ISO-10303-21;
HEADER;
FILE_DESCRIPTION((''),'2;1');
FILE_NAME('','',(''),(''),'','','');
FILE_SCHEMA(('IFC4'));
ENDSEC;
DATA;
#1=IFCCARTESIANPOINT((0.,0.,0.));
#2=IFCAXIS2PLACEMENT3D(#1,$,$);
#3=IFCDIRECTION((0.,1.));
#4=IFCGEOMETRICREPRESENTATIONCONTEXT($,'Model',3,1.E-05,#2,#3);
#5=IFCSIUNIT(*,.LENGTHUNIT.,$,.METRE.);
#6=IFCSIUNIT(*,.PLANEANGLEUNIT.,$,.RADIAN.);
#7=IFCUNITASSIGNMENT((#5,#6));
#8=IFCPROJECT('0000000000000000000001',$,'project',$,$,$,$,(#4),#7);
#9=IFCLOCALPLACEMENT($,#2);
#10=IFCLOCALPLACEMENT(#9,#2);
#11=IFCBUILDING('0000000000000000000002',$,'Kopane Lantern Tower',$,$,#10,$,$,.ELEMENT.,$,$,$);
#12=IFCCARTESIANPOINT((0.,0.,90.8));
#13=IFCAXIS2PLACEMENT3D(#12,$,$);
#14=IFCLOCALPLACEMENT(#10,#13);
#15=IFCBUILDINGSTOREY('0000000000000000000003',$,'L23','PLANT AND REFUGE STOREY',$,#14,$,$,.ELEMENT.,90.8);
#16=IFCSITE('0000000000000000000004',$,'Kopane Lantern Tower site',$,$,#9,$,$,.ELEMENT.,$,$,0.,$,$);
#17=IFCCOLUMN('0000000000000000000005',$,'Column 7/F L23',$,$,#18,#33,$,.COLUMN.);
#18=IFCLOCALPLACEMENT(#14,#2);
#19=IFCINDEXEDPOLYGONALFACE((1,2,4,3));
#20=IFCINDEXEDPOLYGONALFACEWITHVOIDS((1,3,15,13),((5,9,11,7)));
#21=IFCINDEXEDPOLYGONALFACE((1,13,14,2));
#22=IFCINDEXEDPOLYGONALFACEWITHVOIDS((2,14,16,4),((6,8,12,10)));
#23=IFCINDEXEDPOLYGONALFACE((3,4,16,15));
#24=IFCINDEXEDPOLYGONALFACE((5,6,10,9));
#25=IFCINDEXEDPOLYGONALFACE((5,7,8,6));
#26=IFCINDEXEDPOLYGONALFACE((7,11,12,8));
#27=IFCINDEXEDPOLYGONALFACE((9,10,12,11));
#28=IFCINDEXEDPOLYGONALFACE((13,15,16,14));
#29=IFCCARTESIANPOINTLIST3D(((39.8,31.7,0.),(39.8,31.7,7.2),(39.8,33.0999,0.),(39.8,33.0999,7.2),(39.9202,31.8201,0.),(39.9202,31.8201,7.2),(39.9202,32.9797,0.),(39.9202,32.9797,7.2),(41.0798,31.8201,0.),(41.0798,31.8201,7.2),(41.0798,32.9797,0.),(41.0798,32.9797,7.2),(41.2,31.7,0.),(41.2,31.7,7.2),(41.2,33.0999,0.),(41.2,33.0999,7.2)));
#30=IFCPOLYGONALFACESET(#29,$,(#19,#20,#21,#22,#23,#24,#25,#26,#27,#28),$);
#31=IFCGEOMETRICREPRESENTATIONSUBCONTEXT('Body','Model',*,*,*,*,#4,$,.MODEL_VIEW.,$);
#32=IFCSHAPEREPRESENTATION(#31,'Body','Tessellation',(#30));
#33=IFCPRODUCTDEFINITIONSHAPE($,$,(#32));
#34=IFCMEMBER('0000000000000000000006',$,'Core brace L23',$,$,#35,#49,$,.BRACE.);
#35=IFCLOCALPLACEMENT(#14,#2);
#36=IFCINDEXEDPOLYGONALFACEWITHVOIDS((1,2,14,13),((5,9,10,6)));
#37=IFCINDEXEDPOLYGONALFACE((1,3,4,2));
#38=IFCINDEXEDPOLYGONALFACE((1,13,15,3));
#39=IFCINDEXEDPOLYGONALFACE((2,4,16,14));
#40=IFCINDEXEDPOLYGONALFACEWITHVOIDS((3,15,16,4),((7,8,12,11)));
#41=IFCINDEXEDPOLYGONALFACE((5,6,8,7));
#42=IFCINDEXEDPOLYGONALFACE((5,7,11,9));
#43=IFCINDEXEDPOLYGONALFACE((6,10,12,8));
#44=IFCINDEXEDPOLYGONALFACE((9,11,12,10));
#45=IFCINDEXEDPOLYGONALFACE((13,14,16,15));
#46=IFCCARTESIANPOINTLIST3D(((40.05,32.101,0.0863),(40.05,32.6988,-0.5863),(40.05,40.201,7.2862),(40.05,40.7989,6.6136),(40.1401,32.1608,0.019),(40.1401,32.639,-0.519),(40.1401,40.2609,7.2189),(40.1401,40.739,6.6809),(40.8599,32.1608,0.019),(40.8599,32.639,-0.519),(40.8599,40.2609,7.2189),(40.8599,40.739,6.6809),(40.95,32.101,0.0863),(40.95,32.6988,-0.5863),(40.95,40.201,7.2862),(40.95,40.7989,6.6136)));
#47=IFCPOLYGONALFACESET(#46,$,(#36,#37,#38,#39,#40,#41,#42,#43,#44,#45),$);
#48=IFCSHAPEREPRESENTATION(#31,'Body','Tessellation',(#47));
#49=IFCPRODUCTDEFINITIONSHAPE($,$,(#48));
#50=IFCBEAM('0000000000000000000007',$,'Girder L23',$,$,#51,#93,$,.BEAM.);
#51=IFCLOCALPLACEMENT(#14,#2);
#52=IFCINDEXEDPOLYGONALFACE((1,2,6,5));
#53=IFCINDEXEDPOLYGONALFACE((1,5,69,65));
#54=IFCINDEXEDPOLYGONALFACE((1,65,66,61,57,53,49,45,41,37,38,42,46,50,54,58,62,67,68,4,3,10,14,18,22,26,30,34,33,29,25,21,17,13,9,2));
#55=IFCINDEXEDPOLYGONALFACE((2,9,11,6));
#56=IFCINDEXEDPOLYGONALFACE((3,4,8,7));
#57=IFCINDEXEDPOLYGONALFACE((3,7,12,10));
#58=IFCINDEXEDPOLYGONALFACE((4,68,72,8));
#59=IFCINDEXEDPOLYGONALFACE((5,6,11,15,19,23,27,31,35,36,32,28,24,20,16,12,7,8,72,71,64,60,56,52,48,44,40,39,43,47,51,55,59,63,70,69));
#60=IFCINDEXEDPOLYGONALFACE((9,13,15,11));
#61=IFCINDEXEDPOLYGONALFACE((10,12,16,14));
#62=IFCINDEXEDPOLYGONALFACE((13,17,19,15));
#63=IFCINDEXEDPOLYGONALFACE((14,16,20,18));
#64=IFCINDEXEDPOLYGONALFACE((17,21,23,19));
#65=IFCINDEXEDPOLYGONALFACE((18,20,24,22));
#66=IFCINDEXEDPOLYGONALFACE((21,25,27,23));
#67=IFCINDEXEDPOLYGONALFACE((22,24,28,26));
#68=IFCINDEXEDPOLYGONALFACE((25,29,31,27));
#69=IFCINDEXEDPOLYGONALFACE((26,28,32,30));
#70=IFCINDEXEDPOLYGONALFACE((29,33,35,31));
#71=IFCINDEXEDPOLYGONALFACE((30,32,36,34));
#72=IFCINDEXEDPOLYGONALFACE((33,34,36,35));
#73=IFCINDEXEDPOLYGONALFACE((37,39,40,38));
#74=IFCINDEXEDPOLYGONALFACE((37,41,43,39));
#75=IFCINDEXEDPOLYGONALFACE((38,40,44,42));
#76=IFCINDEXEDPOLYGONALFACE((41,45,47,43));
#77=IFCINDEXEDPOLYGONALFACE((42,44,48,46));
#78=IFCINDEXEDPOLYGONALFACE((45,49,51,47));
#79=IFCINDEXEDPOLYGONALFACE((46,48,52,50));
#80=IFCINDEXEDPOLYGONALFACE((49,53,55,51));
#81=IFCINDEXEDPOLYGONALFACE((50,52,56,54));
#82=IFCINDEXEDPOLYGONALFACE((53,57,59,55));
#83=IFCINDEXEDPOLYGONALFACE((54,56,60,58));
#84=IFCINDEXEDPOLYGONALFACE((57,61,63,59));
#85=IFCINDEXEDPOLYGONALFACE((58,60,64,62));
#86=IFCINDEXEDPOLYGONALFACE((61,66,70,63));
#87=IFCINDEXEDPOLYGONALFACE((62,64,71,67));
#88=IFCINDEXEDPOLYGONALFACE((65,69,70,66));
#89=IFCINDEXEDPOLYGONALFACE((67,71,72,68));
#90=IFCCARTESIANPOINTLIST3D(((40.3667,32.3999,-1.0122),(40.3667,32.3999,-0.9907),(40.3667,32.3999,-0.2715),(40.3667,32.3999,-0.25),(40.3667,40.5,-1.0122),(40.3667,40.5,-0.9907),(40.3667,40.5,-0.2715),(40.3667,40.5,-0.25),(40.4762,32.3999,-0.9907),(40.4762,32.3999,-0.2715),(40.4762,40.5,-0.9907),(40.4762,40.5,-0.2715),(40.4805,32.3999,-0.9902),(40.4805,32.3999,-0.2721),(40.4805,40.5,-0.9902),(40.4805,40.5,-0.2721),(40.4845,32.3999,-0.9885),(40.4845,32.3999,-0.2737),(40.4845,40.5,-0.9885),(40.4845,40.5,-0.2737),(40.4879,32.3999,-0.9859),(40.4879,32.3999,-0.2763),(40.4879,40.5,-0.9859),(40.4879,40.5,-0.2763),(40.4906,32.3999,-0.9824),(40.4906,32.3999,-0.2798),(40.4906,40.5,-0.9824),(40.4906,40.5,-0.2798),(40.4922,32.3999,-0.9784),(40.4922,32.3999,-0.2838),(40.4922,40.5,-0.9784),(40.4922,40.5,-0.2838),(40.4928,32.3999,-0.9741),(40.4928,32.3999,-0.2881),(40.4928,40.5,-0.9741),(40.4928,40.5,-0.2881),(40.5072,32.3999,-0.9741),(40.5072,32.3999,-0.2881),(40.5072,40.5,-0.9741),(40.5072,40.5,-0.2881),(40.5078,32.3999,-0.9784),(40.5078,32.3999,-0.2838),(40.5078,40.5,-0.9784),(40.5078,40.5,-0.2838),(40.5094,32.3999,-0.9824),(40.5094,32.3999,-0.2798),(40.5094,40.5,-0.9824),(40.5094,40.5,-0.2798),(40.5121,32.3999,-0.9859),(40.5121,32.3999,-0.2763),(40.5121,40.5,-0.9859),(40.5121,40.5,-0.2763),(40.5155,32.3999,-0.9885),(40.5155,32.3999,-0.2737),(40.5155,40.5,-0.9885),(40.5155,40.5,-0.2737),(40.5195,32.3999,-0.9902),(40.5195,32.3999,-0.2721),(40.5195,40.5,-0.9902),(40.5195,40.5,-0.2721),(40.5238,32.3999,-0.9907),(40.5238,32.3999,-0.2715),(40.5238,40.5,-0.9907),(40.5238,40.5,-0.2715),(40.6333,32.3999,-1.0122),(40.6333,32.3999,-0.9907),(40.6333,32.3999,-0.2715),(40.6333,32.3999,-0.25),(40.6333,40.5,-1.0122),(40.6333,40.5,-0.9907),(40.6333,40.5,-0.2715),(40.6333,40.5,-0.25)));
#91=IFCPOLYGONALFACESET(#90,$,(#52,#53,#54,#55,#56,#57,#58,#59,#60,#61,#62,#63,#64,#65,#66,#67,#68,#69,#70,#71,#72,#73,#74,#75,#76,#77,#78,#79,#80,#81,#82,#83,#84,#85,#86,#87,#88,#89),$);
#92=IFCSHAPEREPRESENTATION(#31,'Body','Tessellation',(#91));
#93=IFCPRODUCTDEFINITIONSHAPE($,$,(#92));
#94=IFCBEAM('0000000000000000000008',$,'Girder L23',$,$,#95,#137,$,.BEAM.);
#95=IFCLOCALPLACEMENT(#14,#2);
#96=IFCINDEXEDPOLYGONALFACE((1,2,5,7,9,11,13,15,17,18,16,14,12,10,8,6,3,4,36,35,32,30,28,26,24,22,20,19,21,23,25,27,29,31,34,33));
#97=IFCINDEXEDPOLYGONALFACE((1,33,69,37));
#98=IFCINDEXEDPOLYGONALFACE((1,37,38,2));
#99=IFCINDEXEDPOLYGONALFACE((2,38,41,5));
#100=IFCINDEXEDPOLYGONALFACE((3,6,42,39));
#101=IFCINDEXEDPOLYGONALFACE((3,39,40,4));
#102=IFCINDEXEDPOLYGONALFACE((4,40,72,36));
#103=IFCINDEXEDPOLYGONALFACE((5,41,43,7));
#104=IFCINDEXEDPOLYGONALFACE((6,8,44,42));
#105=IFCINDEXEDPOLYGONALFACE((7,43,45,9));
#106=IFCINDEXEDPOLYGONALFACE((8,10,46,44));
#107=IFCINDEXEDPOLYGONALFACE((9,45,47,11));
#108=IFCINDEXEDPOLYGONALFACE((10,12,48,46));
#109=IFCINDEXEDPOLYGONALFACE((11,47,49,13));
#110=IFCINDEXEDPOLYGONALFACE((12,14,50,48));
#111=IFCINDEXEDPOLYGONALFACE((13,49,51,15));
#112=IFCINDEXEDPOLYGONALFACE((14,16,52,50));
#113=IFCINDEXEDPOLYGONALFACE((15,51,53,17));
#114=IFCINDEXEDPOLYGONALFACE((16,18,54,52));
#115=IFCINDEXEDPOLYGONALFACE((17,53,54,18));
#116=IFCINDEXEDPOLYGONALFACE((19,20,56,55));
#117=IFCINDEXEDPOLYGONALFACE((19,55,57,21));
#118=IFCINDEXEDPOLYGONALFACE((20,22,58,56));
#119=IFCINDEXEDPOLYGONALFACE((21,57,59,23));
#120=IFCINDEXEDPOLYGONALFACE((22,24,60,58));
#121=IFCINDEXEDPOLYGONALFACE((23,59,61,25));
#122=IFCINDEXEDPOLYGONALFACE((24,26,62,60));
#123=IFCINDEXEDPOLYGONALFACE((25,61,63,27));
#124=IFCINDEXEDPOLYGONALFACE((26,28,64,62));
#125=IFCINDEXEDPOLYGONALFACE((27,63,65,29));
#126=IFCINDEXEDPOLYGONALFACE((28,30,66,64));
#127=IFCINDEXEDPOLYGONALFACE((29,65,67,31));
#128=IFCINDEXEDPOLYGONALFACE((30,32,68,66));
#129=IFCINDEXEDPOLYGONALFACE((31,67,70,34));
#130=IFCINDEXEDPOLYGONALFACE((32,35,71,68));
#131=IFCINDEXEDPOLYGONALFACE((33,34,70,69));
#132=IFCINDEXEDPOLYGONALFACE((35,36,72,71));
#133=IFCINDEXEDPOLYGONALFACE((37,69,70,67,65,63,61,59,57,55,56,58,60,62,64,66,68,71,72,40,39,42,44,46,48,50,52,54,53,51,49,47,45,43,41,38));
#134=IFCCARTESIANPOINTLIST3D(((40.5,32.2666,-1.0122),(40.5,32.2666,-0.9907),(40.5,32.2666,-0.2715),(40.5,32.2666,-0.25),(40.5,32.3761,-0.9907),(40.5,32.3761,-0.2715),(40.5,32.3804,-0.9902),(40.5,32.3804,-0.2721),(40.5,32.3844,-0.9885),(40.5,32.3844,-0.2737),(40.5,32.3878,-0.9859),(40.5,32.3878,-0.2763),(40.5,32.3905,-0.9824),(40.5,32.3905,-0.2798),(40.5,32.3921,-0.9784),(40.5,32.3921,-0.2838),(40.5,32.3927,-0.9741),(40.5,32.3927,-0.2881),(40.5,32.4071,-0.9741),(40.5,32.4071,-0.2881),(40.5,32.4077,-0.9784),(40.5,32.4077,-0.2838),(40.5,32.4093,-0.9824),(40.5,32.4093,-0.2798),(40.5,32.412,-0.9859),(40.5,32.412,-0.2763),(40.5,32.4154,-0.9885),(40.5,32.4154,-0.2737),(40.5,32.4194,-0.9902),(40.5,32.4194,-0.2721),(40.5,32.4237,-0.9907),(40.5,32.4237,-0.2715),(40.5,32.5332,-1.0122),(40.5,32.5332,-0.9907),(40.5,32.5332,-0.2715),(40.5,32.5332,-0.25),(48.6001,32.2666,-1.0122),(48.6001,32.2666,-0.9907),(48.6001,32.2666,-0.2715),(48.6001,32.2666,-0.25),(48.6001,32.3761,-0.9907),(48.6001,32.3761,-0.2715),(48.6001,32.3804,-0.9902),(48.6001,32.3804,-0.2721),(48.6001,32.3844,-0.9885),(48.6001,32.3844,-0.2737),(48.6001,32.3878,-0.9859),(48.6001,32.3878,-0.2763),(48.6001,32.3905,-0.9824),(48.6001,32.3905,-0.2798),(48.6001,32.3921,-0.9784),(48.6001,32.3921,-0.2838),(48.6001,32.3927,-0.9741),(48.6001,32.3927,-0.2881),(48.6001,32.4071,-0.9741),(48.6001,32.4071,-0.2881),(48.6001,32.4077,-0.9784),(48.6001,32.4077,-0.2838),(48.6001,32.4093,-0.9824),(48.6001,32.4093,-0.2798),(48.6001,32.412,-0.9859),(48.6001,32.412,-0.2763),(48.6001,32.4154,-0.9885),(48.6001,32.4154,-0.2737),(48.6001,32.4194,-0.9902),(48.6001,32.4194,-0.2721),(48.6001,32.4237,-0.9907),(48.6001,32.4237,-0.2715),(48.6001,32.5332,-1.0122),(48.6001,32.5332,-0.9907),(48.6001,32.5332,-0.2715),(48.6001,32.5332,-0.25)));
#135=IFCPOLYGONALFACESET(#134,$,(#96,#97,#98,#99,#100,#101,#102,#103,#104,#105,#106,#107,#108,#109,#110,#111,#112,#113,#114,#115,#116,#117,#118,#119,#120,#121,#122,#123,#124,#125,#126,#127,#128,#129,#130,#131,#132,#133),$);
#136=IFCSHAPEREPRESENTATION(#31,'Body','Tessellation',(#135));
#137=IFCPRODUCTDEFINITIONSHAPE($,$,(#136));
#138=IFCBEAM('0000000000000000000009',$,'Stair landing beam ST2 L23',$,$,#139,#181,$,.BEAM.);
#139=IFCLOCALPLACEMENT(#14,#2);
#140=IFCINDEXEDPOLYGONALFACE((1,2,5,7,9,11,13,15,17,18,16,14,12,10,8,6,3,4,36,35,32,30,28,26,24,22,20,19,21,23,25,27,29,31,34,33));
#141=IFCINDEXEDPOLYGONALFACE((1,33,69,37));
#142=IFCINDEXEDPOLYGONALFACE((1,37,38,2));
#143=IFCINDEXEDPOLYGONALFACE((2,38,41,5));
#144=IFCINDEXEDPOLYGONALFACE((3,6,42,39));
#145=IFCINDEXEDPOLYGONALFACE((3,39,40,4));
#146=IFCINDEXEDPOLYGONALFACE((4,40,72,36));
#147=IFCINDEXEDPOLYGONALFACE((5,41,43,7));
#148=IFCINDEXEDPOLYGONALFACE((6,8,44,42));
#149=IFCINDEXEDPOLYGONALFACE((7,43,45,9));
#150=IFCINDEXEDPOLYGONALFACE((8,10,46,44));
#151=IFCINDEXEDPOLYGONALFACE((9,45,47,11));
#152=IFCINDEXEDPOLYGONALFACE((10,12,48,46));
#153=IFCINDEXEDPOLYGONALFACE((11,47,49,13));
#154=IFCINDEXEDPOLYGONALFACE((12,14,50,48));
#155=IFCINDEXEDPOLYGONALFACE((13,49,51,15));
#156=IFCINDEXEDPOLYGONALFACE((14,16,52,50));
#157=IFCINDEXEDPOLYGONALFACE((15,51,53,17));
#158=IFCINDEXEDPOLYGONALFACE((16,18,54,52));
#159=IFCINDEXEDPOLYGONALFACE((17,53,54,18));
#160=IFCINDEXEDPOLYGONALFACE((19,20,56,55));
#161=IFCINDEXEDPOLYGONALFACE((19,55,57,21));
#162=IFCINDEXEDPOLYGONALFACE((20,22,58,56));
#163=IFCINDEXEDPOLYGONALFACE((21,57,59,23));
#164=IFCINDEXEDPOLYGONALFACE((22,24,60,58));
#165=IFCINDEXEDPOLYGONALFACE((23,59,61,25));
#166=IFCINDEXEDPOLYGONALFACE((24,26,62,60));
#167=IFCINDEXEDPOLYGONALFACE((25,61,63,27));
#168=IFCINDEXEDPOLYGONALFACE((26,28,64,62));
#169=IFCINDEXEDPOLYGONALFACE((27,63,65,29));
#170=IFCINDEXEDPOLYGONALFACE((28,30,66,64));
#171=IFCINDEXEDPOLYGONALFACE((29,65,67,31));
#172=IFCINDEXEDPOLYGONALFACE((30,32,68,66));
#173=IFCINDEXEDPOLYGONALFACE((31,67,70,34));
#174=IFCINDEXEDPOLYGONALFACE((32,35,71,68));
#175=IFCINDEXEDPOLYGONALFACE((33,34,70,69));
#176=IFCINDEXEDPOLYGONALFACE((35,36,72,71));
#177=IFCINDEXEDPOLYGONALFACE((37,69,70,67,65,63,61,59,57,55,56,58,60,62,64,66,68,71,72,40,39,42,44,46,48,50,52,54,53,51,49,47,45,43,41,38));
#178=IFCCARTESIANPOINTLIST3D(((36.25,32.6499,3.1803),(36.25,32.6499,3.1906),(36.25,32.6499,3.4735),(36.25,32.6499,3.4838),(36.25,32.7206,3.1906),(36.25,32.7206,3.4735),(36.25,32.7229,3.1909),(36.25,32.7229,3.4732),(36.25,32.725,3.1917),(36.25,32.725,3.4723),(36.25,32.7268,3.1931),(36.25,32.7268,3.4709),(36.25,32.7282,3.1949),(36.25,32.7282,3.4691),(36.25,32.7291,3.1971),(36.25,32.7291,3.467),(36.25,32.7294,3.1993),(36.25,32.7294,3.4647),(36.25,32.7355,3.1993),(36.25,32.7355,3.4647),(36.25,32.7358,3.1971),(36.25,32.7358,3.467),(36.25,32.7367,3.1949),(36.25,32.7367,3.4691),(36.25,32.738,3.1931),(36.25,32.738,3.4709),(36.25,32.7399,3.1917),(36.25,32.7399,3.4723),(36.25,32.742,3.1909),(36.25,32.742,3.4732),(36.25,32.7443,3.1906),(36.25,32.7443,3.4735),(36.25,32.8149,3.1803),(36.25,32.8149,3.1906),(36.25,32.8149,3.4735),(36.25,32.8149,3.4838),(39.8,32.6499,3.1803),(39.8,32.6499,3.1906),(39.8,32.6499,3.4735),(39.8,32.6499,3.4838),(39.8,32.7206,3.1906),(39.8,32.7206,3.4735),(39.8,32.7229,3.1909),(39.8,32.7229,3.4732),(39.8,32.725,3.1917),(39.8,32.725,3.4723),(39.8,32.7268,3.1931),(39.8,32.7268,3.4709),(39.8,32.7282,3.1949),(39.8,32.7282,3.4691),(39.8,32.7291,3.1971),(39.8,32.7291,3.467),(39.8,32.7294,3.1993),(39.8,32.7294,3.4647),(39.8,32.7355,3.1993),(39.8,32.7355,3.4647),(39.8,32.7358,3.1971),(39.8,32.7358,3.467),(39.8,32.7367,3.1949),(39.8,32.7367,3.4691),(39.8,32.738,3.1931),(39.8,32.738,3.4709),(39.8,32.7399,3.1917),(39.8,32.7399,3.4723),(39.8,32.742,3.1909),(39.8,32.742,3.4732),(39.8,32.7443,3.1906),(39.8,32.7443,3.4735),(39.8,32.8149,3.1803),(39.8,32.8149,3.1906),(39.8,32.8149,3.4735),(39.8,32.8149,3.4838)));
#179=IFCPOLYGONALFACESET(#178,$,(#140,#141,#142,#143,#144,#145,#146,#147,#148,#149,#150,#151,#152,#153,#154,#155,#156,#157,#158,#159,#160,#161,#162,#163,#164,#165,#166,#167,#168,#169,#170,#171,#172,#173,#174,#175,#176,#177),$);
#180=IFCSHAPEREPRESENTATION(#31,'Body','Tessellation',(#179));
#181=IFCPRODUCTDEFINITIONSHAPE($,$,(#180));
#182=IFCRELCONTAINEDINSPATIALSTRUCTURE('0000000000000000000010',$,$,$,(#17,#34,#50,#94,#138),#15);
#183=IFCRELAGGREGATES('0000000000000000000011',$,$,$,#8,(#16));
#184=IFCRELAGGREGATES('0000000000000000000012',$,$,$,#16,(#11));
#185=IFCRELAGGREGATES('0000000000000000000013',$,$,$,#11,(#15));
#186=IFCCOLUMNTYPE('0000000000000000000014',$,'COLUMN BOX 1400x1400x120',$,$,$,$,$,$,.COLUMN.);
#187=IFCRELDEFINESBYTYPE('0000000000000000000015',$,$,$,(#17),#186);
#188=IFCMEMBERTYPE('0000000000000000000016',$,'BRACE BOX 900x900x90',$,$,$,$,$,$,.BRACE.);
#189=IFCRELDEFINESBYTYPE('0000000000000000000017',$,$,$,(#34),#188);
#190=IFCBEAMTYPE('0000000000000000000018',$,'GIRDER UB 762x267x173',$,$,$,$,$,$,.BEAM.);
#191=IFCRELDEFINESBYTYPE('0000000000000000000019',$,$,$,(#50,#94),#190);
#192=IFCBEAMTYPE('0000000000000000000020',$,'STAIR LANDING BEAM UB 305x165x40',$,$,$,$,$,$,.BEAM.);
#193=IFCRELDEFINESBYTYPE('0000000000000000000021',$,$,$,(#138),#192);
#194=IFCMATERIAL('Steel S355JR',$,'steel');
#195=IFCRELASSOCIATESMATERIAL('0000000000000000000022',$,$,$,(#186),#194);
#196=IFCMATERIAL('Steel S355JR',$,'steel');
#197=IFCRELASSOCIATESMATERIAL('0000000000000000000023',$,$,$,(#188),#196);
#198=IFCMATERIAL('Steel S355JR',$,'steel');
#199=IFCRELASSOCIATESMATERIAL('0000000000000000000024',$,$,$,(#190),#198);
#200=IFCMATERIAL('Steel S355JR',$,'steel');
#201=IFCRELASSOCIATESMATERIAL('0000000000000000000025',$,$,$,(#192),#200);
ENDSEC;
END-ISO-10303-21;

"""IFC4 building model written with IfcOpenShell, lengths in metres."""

from ifc_helpers import new_model, si_unit, direction, frame, origin, origin_2d, place, context, subcontext, project, spatial, hollow_rectangle, i_section, extrude, material, material_profile, profile_set, type_object, element, save


model = new_model("IFC4")

# Units and contexts
model_context = context("Model", 3, precision=1e-05, world=origin(), true_north=direction((0.0, 1.0)))
body_context = subcontext(model_context, "Body", "Model", "MODEL_VIEW")
ifc_project = project(units=[si_unit("LENGTHUNIT", "METRE"), si_unit("PLANEANGLEUNIT", "RADIAN")], contexts=[model_context])

# Site, building, storey
site_placement = place(None, origin())
site = spatial("IfcSite", under=ifc_project, at=site_placement, Name="Kopane Lantern Tower site", CompositionType="ELEMENT", RefElevation=0.0)
building_placement = place(site_placement, origin())
building = spatial("IfcBuilding", under=site, at=building_placement, Name="Kopane Lantern Tower", CompositionType="ELEMENT")
storey_placement = place(building_placement, frame((0.0, 0.0, 90.8)))
storey = spatial("IfcBuildingStorey", under=building, at=storey_placement, Name="L23", Description="PLANT AND REFUGE STOREY", CompositionType="ELEMENT", Elevation=90.8)

# Column
ifc_material_1 = material(Name="Steel S355JR", Category="steel")
ifc_material_profile_1 = material_profile(ifc_material_1, hollow_rectangle(XDim=1.3999, YDim=1.3999, WallThickness=0.1201, at=origin_2d()), Name="BOX 1400x1400x120")
ifc_profile_set_1 = profile_set([ifc_material_profile_1], Name="Steel S355JR")
column_type = type_object("IfcColumnType", Name="COLUMN BOX 1400x1400x120", PredefinedType="COLUMN", material=ifc_profile_set_1)
column_placement = place(storey_placement, frame((40.5, 32.3999, 0.0), z_axis=(0.0, 0.0, 1.0), x_axis=(1.0, 0.0, 0.0)))
element("IfcColumn", 1, at=column_placement, inside=storey, type_object=column_type, Name="Column 7/F L23", PredefinedType="COLUMN", context=body_context, shape_type="SweptSolid", body=[
    extrude(hollow_rectangle(XDim=1.3999, YDim=1.3999, WallThickness=0.1201, at=origin_2d()), origin(), (0.0, 0.0, 1.0), 7.2),
])

# Member
ifc_material_2 = material(Name="Steel S355JR", Category="steel")
ifc_material_profile_2 = material_profile(ifc_material_2, hollow_rectangle(XDim=0.8999, YDim=0.8999, WallThickness=0.0901, at=origin_2d()), Name="BOX 900x900x90")
ifc_profile_set_2 = profile_set([ifc_material_profile_2], Name="Steel S355JR")
member_type = type_object("IfcMemberType", Name="BRACE BOX 900x900x90", PredefinedType="BRACE", material=ifc_profile_set_2)
member_placement = place(storey_placement, frame((40.5, 32.3999, -0.25), z_axis=(0.0, 0.747416, 0.664357), x_axis=(-1.0, 0.0, 0.0)))
element("IfcMember", 2, at=member_placement, inside=storey, type_object=member_type, Name="Core brace L23", PredefinedType="BRACE", context=body_context, shape_type="SweptSolid", body=[
    extrude(hollow_rectangle(XDim=0.8999, YDim=0.8999, WallThickness=0.0901, at=origin_2d()), origin(), (0.0, 0.0, 1.0), 10.8374),
])

# Beams
ifc_material_3 = material(Name="Steel S355JR", Category="steel")
ifc_material_profile_3 = material_profile(ifc_material_3, i_section(OverallWidth=0.2666, OverallDepth=0.7622, WebThickness=0.0144, FlangeThickness=0.0215, FilletRadius=0.0166, at=origin_2d()), Name="UB 762x267x173")
ifc_profile_set_3 = profile_set([ifc_material_profile_3], Name="Steel S355JR")
beam_type_1 = type_object("IfcBeamType", Name="GIRDER UB 762x267x173", PredefinedType="BEAM", material=ifc_profile_set_3)
for number, where, z_axis, x_axis, name in (
    (3, (40.5, 32.3999, -0.6311), (0.0, 1.0, 0.0), (-1.0, 0.0, 0.0), "Girder L23"),
    (4, (40.5, 32.3999, -0.6311), (1.0, 0.0, 0.0), (0.0, 1.0, 0.0), "Girder L23"),
):
    element("IfcBeam", number, at=place(storey_placement, frame(where, z_axis=z_axis, x_axis=x_axis)), inside=storey, type_object=beam_type_1, Name=name, PredefinedType="BEAM", context=body_context, shape_type="SweptSolid", body=[
        extrude(i_section(OverallWidth=0.2666, OverallDepth=0.7622, WebThickness=0.0144, FlangeThickness=0.0215, FilletRadius=0.0166, at=origin_2d()), origin(), (0.0, 0.0, 1.0), 8.1001),
    ])
ifc_material_4 = material(Name="Steel S355JR", Category="steel")
ifc_material_profile_4 = material_profile(ifc_material_4, i_section(OverallWidth=0.165, OverallDepth=0.3035, WebThickness=0.0061, FlangeThickness=0.0103, FilletRadius=0.0088, at=origin_2d()), Name="UB 305x165x40")
ifc_profile_set_4 = profile_set([ifc_material_profile_4], Name="Steel S355JR")
beam_type_2 = type_object("IfcBeamType", Name="STAIR LANDING BEAM UB 305x165x40", PredefinedType="BEAM", material=ifc_profile_set_4)
beam_placement = place(storey_placement, frame((39.8, 32.7324, 3.332), z_axis=(-1.0, 0.0, 0.0), x_axis=(0.0, -1.0, 0.0)))
element("IfcBeam", 5, at=beam_placement, inside=storey, type_object=beam_type_2, Name="Stair landing beam ST2 L23", PredefinedType="BEAM", context=body_context, shape_type="SweptSolid", body=[
    extrude(i_section(OverallWidth=0.165, OverallDepth=0.3035, WebThickness=0.0061, FlangeThickness=0.0103, FilletRadius=0.0088, at=origin_2d()), origin(), (0.0, 0.0, 1.0), 3.55),
])

save(model, "model.ifc")
